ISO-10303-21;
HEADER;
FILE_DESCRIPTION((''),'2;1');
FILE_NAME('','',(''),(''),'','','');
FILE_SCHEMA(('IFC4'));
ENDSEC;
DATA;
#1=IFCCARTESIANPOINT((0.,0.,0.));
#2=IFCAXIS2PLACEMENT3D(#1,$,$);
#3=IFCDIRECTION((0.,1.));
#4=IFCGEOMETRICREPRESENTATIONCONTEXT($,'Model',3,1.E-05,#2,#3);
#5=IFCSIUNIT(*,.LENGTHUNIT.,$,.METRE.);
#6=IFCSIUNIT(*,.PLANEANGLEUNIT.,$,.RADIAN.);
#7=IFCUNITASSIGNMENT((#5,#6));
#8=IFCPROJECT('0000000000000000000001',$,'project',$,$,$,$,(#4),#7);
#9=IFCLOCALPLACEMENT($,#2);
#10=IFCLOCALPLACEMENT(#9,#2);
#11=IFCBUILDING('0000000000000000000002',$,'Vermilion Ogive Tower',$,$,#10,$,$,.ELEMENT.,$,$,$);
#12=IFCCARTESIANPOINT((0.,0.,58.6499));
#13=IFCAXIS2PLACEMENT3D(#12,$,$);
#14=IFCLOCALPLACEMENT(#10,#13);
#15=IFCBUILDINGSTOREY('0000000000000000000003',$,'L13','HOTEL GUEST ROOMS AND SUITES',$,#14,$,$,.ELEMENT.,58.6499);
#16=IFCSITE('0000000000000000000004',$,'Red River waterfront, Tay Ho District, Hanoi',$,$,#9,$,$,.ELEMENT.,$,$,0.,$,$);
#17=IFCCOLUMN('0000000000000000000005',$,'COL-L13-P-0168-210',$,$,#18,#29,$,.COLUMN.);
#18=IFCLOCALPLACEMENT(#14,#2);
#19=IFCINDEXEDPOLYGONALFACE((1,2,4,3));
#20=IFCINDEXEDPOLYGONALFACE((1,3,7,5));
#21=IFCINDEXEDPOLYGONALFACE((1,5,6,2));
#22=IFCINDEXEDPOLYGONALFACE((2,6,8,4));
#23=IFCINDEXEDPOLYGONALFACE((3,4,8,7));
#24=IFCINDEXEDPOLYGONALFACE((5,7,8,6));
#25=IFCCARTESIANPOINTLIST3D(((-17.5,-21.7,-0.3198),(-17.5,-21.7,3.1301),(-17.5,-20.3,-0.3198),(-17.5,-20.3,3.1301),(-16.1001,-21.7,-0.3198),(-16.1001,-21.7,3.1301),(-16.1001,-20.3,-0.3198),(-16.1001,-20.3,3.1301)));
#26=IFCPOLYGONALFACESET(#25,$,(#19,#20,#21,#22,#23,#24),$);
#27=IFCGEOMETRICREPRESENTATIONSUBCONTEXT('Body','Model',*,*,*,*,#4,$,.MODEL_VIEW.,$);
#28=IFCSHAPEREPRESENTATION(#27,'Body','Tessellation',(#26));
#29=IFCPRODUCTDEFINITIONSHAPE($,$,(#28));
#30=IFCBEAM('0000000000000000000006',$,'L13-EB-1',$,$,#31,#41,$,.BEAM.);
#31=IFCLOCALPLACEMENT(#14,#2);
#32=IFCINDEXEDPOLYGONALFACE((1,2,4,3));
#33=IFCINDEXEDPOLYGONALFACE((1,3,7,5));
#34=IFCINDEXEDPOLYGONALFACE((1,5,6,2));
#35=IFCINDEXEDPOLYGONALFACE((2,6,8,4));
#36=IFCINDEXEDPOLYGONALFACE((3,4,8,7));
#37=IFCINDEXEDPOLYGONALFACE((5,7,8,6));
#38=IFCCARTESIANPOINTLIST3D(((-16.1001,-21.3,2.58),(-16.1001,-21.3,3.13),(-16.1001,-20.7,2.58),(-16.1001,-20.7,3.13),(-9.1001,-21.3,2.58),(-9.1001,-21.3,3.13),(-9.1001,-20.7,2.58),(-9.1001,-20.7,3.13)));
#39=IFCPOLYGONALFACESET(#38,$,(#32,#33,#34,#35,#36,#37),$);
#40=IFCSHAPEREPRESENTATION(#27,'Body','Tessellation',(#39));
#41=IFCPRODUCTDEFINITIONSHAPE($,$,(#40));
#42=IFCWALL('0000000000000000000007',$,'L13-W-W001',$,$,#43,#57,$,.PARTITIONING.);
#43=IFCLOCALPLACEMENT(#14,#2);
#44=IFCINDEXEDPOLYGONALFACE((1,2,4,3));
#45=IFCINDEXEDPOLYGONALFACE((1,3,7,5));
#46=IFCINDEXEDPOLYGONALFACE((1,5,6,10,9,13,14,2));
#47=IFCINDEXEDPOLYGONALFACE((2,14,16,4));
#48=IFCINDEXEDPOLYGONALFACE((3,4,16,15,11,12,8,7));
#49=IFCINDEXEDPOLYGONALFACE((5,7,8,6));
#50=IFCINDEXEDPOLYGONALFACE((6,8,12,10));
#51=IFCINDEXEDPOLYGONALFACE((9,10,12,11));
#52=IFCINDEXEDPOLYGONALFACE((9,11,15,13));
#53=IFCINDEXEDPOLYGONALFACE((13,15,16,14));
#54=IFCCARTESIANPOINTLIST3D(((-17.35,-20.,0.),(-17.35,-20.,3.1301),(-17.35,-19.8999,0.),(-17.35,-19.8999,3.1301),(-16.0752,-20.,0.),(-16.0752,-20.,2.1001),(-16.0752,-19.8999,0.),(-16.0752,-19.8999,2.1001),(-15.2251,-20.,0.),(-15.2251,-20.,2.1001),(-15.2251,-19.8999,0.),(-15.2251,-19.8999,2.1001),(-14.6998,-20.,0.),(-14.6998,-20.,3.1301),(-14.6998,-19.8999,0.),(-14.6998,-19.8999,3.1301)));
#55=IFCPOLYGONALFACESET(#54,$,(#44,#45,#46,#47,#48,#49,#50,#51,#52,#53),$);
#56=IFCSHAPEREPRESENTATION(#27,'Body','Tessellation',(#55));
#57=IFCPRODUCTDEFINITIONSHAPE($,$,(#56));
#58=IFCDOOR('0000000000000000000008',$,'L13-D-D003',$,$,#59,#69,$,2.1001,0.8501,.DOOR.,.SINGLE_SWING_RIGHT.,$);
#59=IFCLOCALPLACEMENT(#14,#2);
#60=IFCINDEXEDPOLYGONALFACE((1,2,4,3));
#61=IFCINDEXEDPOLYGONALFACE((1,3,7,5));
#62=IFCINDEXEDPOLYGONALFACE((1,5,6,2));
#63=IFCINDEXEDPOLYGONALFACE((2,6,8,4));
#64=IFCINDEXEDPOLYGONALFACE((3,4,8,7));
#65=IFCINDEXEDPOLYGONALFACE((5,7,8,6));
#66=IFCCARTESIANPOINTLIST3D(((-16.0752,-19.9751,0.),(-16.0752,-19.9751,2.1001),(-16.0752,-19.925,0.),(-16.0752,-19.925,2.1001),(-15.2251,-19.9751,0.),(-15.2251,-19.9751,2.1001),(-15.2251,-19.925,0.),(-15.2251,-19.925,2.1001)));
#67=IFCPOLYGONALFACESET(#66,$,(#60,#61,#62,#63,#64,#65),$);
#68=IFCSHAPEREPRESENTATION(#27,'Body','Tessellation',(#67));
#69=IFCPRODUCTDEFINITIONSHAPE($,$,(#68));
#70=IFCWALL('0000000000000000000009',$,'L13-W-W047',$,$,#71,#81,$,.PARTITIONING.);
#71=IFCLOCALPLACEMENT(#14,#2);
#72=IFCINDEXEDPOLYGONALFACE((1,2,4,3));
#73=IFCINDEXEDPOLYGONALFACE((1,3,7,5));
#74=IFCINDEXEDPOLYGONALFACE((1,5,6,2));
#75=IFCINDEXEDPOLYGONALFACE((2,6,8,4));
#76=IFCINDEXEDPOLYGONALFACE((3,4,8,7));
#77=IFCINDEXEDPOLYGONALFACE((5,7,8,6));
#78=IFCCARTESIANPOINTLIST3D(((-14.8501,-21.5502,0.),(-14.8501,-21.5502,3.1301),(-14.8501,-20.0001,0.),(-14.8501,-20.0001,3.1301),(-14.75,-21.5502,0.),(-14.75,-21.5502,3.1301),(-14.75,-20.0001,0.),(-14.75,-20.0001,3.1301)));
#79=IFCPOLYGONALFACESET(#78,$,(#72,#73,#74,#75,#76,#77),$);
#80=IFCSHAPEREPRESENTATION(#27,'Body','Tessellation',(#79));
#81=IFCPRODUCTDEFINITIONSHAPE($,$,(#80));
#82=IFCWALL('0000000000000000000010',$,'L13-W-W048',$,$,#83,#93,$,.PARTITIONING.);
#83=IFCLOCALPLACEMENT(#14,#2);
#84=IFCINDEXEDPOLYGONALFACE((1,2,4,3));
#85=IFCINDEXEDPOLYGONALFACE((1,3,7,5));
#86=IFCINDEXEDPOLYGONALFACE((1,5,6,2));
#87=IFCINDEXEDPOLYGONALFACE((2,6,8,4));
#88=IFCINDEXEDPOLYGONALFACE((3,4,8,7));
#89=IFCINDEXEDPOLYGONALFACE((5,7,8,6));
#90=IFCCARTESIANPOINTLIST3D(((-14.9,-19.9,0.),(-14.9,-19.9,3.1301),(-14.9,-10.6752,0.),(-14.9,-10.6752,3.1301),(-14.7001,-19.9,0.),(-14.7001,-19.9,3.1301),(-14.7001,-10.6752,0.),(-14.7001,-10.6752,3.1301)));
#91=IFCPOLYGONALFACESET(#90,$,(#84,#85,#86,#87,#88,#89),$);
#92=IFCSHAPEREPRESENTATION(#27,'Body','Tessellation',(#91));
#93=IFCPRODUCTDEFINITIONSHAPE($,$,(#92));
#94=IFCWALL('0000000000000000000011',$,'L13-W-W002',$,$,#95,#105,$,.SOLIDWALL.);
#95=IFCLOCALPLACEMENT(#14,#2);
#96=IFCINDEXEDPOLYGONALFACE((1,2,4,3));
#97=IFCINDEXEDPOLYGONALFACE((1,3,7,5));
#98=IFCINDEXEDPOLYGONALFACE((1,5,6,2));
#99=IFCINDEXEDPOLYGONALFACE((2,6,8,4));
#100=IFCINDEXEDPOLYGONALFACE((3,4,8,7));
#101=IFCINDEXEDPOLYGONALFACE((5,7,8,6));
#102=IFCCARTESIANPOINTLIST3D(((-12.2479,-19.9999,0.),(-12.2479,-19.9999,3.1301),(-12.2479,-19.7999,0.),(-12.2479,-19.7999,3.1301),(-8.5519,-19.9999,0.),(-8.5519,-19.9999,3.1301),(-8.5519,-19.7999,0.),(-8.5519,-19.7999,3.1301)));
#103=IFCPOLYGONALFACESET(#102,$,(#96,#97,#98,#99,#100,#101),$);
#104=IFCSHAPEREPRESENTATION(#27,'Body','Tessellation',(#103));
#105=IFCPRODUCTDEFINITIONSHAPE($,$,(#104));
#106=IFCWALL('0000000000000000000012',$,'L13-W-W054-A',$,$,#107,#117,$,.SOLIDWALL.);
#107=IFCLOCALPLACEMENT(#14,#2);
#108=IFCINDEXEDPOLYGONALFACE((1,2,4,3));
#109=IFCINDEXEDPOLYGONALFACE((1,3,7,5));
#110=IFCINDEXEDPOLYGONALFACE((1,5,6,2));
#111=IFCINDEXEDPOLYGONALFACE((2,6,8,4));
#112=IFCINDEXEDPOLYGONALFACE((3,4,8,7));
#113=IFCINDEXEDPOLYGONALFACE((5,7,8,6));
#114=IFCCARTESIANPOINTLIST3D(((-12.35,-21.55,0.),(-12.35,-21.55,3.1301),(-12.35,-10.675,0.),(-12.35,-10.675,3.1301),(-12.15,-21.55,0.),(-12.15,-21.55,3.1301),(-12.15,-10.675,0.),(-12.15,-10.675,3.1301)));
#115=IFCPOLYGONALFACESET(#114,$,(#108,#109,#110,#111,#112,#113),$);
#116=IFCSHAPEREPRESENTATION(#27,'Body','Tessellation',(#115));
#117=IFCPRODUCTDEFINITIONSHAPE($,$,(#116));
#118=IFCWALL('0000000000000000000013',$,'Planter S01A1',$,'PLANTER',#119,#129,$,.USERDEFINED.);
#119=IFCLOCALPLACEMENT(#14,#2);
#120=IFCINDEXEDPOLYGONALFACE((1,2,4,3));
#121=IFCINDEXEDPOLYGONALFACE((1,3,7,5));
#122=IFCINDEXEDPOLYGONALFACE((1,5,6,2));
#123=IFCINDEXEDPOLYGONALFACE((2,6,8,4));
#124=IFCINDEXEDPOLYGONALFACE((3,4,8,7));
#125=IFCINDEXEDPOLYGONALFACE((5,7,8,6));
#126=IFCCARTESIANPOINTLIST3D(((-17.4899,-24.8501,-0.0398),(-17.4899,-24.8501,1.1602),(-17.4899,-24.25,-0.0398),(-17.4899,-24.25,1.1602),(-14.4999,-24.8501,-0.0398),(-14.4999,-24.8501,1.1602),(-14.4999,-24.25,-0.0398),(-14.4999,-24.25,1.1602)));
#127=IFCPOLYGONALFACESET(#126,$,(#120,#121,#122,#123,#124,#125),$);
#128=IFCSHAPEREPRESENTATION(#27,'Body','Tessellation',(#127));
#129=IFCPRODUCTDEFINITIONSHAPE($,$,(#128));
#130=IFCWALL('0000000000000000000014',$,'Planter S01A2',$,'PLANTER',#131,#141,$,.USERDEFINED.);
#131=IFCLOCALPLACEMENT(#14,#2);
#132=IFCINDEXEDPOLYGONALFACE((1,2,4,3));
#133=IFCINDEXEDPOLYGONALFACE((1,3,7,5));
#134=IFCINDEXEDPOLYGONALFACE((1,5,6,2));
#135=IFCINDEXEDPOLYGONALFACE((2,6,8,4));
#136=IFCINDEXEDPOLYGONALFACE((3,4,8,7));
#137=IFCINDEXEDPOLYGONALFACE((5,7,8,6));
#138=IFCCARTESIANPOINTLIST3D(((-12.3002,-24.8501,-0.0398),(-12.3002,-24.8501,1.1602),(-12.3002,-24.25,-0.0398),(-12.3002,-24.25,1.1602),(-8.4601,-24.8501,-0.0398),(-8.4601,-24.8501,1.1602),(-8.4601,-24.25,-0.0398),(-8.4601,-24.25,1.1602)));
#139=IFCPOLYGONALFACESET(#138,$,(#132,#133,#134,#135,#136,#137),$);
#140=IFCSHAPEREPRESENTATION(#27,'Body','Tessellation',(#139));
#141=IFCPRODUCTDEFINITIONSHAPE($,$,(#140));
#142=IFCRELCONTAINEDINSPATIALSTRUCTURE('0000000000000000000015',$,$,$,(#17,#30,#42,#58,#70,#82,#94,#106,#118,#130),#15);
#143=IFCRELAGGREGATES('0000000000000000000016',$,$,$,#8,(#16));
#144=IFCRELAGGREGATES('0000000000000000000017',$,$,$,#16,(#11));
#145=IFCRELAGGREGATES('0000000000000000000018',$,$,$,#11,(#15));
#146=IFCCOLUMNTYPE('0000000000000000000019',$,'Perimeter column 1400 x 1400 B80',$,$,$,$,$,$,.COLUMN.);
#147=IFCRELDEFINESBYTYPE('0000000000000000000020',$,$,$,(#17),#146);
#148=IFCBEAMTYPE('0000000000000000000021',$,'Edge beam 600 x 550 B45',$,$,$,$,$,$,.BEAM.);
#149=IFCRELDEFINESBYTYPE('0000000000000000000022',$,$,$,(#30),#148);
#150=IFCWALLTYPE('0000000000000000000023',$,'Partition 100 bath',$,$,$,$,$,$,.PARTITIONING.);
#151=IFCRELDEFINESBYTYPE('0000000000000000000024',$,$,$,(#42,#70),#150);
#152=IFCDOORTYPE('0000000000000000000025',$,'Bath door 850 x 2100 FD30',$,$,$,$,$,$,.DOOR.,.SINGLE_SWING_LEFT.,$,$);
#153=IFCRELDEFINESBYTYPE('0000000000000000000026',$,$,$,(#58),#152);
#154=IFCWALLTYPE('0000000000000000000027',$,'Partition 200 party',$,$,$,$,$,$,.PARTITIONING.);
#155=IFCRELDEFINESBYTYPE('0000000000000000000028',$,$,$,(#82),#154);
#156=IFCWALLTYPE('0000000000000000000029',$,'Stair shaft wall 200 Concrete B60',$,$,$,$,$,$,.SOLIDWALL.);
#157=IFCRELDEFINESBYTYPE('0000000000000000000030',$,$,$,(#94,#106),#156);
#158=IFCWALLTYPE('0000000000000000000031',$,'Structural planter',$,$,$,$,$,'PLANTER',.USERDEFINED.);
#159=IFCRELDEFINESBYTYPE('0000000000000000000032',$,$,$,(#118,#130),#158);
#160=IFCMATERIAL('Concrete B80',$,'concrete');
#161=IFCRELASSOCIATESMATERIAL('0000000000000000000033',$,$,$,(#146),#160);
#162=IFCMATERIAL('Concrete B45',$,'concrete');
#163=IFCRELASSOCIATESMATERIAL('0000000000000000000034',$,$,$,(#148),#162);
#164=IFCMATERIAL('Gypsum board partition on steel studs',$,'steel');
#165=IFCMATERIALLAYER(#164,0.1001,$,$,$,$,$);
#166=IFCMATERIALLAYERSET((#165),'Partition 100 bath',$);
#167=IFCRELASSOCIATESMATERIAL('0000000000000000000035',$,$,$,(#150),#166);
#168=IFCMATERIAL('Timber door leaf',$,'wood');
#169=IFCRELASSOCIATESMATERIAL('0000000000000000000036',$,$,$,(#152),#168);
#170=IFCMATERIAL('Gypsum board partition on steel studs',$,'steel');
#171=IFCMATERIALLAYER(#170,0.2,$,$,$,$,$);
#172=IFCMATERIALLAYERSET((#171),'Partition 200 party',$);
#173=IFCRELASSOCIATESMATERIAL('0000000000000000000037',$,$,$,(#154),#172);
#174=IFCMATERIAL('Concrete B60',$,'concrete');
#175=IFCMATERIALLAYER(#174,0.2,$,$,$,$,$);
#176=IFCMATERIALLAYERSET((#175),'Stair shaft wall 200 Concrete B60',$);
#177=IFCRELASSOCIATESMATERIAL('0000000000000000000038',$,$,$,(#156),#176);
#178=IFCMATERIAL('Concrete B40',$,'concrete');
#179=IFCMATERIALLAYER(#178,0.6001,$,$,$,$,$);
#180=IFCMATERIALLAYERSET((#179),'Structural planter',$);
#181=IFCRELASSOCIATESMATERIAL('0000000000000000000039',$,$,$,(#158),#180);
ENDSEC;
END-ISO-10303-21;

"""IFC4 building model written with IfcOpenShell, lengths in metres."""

from ifc_helpers import new_model, si_unit, direction, frame, frame_2d, origin, origin_2d, place, context, subcontext, project, spatial, rectangle, extrude, material, layer, layer_set, material_profile, profile_set, type_object, element, fill, save


model = new_model("IFC4")

# Units and contexts
model_context = context("Model", 3, precision=1e-05, world=origin(), true_north=direction((0.0, 1.0)))
body_context = subcontext(model_context, "Body", "Model", "MODEL_VIEW")
ifc_project = project(units=[si_unit("LENGTHUNIT", "METRE"), si_unit("PLANEANGLEUNIT", "RADIAN")], contexts=[model_context])

# Site, building, storey
site_placement = place(None, origin())
site = spatial("IfcSite", under=ifc_project, at=site_placement, Name="Red River waterfront, Tay Ho District, Hanoi", CompositionType="ELEMENT", RefElevation=0.0)
building_placement = place(site_placement, origin())
building = spatial("IfcBuilding", under=site, at=building_placement, Name="Vermilion Ogive Tower", CompositionType="ELEMENT")
storey_placement = place(building_placement, frame((0.0, 0.0, 58.6499)))
storey = spatial("IfcBuildingStorey", under=building, at=storey_placement, Name="L13", Description="HOTEL GUEST ROOMS AND SUITES", CompositionType="ELEMENT", Elevation=58.6499)

# Column
ifc_material_1 = material(Name="Concrete B80", Category="concrete")
ifc_material_profile_1 = material_profile(ifc_material_1, rectangle(XDim=1.3999, YDim=1.3999, at=origin_2d()), Name="1400 x 1400")
ifc_profile_set_1 = profile_set([ifc_material_profile_1], Name="Concrete B80")
column_type = type_object("IfcColumnType", Name="Perimeter column 1400 x 1400 B80", PredefinedType="COLUMN", material=ifc_profile_set_1)
column_placement = place(storey_placement, frame((-16.8, -21.0, -0.3198), z_axis=(0.0, 0.0, 1.0), x_axis=(1.0, 0.0, 0.0)))
element("IfcColumn", 1, at=column_placement, inside=storey, type_object=column_type, Name="COL-L13-P-0168-210", PredefinedType="COLUMN", context=body_context, shape_type="SweptSolid", body=[
    extrude(rectangle(XDim=1.3999, YDim=1.3999, at=origin_2d()), origin(), (0.0, 0.0, 1.0), 3.45),
])

# Beam
ifc_material_2 = material(Name="Concrete B45", Category="concrete")
ifc_material_profile_2 = material_profile(ifc_material_2, rectangle(XDim=0.6001, YDim=0.55, at=origin_2d()), Name="600 x 550")
ifc_profile_set_2 = profile_set([ifc_material_profile_2], Name="Concrete B45")
beam_type = type_object("IfcBeamType", Name="Edge beam 600 x 550 B45", PredefinedType="BEAM", material=ifc_profile_set_2)
beam_placement = place(storey_placement, frame((-16.1001, -21.0, 2.855), z_axis=(1.0, 0.0, 0.0), x_axis=(0.0, 1.0, 0.0)))
element("IfcBeam", 2, at=beam_placement, inside=storey, type_object=beam_type, Name="L13-EB-1", PredefinedType="BEAM", context=body_context, shape_type="SweptSolid", body=[
    extrude(rectangle(XDim=0.6001, YDim=0.55, at=origin_2d()), origin(), (0.0, 0.0, 1.0), 7.0),
])

# Wall, opening, door
ifc_material_3 = material(Name="Gypsum board partition on steel studs", Category="steel")
ifc_layer_1 = layer(ifc_material_3, 0.1001)
ifc_layer_set_1 = layer_set([ifc_layer_1], Name="Partition 100 bath")
wall_type_1 = type_object("IfcWallType", Name="Partition 100 bath", PredefinedType="PARTITIONING", material=ifc_layer_set_1)
wall_1_placement = place(storey_placement, frame((-17.3501, -19.95, 0.0), z_axis=(0.0, 0.0, 1.0), x_axis=(1.0, 0.0, 0.0)))
wall_1 = element("IfcWall", 3, at=wall_1_placement, inside=storey, type_object=wall_type_1, Name="L13-W-W001", PredefinedType="PARTITIONING", context=body_context, shape_type="SweptSolid", body=[
    extrude(rectangle(XDim=2.6501, YDim=0.1001, at=frame_2d((1.3252, 0.0))), origin(), (0.0, 0.0, 1.0), 3.1301),
])
opening_1_placement = place(wall_1_placement, frame((1.2749, 0.0, 0.0)))
opening_1 = element("IfcOpeningElement", 4, at=opening_1_placement, cuts=wall_1, PredefinedType="OPENING", context=body_context, shape_type="SweptSolid", body=[
    extrude(rectangle(XDim=0.8501, YDim=2.1001, at=frame_2d((0.425, 1.05))), frame((0.0, 0.0601, 0.0), z_axis=(0.0, -1.0, 0.0), x_axis=(1.0, 0.0, 0.0)), (0.0, 0.0, 1.0), 0.1201),
])
ifc_material_4 = material(Name="Timber door leaf", Category="wood")
door_type_1 = type_object("IfcDoorType", Name="Bath door 850 x 2100 FD30", OperationType="SINGLE_SWING_LEFT", PredefinedType="DOOR", material=ifc_material_4)
door_1_placement = place(opening_1_placement, origin())
door_1 = element("IfcDoor", 5, at=door_1_placement, inside=storey, type_object=door_type_1, Name="L13-D-D003", OperationType="SINGLE_SWING_RIGHT", OverallHeight=2.1001, OverallWidth=0.8501, PredefinedType="DOOR", context=body_context, shape_type="SweptSolid", body=[
    extrude(rectangle(XDim=0.8501, YDim=2.1001, at=frame_2d((0.425, 1.05))), frame((0.0, 0.0249, 0.0), z_axis=(0.0, -1.0, 0.0), x_axis=(1.0, 0.0, 0.0)), (0.0, 0.0, 1.0), 0.05),
])
fill(opening_1, door_1)

# Walls
wall_2_placement = place(storey_placement, frame((-14.8, -21.55, 0.0), z_axis=(0.0, 0.0, 1.0), x_axis=(0.0, 1.0, 0.0)))
element("IfcWall", 6, at=wall_2_placement, inside=storey, type_object=wall_type_1, Name="L13-W-W047", PredefinedType="PARTITIONING", context=body_context, shape_type="SweptSolid", body=[
    extrude(rectangle(XDim=1.55, YDim=0.1001, at=frame_2d((0.7749, 0.0))), origin(), (0.0, 0.0, 1.0), 3.1301),
])
ifc_material_5 = material(Name="Gypsum board partition on steel studs", Category="steel")
ifc_layer_2 = layer(ifc_material_5, 0.2)
ifc_layer_set_2 = layer_set([ifc_layer_2], Name="Partition 200 party")
wall_type_2 = type_object("IfcWallType", Name="Partition 200 party", PredefinedType="PARTITIONING", material=ifc_layer_set_2)
wall_3_placement = place(storey_placement, frame((-14.8, -19.8999, 0.0), z_axis=(0.0, 0.0, 1.0), x_axis=(0.0, 1.0, 0.0)))
element("IfcWall", 7, at=wall_3_placement, inside=storey, type_object=wall_type_2, Name="L13-W-W048", PredefinedType="PARTITIONING", context=body_context, shape_type="SweptSolid", body=[
    extrude(rectangle(XDim=9.2249, YDim=0.2, at=frame_2d((4.6123, 0.0))), origin(), (0.0, 0.0, 1.0), 3.1301),
])
ifc_material_6 = material(Name="Concrete B60", Category="concrete")
ifc_layer_3 = layer(ifc_material_6, 0.2)
ifc_layer_set_3 = layer_set([ifc_layer_3], Name="Stair shaft wall 200 Concrete B60")
wall_type_3 = type_object("IfcWallType", Name="Stair shaft wall 200 Concrete B60", PredefinedType="SOLIDWALL", material=ifc_layer_set_3)
wall_4_placement = place(storey_placement, frame((-12.248, -19.8999, 0.0), z_axis=(0.0, 0.0, 1.0), x_axis=(1.0, 0.0, 0.0)))
element("IfcWall", 8, at=wall_4_placement, inside=storey, type_object=wall_type_3, Name="L13-W-W002", PredefinedType="SOLIDWALL", context=body_context, shape_type="SweptSolid", body=[
    extrude(rectangle(XDim=3.696, YDim=0.2, at=frame_2d((1.8481, 0.0))), origin(), (0.0, 0.0, 1.0), 3.1301),
])
wall_5_placement = place(storey_placement, frame((-12.25, -21.55, 0.0), z_axis=(0.0, 0.0, 1.0), x_axis=(0.0, 1.0, 0.0)))
element("IfcWall", 9, at=wall_5_placement, inside=storey, type_object=wall_type_3, Name="L13-W-W054-A", PredefinedType="SOLIDWALL", context=body_context, shape_type="SweptSolid", body=[
    extrude(rectangle(XDim=10.875, YDim=0.2, at=frame_2d((5.4375, 0.0))), origin(), (0.0, 0.0, 1.0), 3.1301),
])
ifc_material_7 = material(Name="Concrete B40", Category="concrete")
ifc_layer_4 = layer(ifc_material_7, 0.6001)
ifc_layer_set_4 = layer_set([ifc_layer_4], Name="Structural planter")
wall_type_4 = type_object("IfcWallType", Name="Structural planter", ElementType="PLANTER", PredefinedType="USERDEFINED", material=ifc_layer_set_4)
wall_6_placement = place(storey_placement, frame((-17.49, -24.55, -0.0398), z_axis=(0.0, 0.0, 1.0), x_axis=(1.0, 0.0, 0.0)))
element("IfcWall", 10, at=wall_6_placement, inside=storey, type_object=wall_type_4, Name="Planter S01A1", ObjectType="PLANTER", PredefinedType="USERDEFINED", context=body_context, shape_type="SweptSolid", body=[
    extrude(rectangle(XDim=2.99, YDim=0.6001, at=frame_2d((1.4951, 0.0))), origin(), (0.0, 0.0, 1.0), 1.2),
])
wall_7_placement = place(storey_placement, frame((-12.3, -24.55, -0.0398), z_axis=(0.0, 0.0, 1.0), x_axis=(1.0, 0.0, 0.0)))
element("IfcWall", 11, at=wall_7_placement, inside=storey, type_object=wall_type_4, Name="Planter S01A2", ObjectType="PLANTER", PredefinedType="USERDEFINED", context=body_context, shape_type="SweptSolid", body=[
    extrude(rectangle(XDim=3.8401, YDim=0.6001, at=frame_2d((1.9199, 0.0))), origin(), (0.0, 0.0, 1.0), 1.2),
])

save(model, "model.ifc")
